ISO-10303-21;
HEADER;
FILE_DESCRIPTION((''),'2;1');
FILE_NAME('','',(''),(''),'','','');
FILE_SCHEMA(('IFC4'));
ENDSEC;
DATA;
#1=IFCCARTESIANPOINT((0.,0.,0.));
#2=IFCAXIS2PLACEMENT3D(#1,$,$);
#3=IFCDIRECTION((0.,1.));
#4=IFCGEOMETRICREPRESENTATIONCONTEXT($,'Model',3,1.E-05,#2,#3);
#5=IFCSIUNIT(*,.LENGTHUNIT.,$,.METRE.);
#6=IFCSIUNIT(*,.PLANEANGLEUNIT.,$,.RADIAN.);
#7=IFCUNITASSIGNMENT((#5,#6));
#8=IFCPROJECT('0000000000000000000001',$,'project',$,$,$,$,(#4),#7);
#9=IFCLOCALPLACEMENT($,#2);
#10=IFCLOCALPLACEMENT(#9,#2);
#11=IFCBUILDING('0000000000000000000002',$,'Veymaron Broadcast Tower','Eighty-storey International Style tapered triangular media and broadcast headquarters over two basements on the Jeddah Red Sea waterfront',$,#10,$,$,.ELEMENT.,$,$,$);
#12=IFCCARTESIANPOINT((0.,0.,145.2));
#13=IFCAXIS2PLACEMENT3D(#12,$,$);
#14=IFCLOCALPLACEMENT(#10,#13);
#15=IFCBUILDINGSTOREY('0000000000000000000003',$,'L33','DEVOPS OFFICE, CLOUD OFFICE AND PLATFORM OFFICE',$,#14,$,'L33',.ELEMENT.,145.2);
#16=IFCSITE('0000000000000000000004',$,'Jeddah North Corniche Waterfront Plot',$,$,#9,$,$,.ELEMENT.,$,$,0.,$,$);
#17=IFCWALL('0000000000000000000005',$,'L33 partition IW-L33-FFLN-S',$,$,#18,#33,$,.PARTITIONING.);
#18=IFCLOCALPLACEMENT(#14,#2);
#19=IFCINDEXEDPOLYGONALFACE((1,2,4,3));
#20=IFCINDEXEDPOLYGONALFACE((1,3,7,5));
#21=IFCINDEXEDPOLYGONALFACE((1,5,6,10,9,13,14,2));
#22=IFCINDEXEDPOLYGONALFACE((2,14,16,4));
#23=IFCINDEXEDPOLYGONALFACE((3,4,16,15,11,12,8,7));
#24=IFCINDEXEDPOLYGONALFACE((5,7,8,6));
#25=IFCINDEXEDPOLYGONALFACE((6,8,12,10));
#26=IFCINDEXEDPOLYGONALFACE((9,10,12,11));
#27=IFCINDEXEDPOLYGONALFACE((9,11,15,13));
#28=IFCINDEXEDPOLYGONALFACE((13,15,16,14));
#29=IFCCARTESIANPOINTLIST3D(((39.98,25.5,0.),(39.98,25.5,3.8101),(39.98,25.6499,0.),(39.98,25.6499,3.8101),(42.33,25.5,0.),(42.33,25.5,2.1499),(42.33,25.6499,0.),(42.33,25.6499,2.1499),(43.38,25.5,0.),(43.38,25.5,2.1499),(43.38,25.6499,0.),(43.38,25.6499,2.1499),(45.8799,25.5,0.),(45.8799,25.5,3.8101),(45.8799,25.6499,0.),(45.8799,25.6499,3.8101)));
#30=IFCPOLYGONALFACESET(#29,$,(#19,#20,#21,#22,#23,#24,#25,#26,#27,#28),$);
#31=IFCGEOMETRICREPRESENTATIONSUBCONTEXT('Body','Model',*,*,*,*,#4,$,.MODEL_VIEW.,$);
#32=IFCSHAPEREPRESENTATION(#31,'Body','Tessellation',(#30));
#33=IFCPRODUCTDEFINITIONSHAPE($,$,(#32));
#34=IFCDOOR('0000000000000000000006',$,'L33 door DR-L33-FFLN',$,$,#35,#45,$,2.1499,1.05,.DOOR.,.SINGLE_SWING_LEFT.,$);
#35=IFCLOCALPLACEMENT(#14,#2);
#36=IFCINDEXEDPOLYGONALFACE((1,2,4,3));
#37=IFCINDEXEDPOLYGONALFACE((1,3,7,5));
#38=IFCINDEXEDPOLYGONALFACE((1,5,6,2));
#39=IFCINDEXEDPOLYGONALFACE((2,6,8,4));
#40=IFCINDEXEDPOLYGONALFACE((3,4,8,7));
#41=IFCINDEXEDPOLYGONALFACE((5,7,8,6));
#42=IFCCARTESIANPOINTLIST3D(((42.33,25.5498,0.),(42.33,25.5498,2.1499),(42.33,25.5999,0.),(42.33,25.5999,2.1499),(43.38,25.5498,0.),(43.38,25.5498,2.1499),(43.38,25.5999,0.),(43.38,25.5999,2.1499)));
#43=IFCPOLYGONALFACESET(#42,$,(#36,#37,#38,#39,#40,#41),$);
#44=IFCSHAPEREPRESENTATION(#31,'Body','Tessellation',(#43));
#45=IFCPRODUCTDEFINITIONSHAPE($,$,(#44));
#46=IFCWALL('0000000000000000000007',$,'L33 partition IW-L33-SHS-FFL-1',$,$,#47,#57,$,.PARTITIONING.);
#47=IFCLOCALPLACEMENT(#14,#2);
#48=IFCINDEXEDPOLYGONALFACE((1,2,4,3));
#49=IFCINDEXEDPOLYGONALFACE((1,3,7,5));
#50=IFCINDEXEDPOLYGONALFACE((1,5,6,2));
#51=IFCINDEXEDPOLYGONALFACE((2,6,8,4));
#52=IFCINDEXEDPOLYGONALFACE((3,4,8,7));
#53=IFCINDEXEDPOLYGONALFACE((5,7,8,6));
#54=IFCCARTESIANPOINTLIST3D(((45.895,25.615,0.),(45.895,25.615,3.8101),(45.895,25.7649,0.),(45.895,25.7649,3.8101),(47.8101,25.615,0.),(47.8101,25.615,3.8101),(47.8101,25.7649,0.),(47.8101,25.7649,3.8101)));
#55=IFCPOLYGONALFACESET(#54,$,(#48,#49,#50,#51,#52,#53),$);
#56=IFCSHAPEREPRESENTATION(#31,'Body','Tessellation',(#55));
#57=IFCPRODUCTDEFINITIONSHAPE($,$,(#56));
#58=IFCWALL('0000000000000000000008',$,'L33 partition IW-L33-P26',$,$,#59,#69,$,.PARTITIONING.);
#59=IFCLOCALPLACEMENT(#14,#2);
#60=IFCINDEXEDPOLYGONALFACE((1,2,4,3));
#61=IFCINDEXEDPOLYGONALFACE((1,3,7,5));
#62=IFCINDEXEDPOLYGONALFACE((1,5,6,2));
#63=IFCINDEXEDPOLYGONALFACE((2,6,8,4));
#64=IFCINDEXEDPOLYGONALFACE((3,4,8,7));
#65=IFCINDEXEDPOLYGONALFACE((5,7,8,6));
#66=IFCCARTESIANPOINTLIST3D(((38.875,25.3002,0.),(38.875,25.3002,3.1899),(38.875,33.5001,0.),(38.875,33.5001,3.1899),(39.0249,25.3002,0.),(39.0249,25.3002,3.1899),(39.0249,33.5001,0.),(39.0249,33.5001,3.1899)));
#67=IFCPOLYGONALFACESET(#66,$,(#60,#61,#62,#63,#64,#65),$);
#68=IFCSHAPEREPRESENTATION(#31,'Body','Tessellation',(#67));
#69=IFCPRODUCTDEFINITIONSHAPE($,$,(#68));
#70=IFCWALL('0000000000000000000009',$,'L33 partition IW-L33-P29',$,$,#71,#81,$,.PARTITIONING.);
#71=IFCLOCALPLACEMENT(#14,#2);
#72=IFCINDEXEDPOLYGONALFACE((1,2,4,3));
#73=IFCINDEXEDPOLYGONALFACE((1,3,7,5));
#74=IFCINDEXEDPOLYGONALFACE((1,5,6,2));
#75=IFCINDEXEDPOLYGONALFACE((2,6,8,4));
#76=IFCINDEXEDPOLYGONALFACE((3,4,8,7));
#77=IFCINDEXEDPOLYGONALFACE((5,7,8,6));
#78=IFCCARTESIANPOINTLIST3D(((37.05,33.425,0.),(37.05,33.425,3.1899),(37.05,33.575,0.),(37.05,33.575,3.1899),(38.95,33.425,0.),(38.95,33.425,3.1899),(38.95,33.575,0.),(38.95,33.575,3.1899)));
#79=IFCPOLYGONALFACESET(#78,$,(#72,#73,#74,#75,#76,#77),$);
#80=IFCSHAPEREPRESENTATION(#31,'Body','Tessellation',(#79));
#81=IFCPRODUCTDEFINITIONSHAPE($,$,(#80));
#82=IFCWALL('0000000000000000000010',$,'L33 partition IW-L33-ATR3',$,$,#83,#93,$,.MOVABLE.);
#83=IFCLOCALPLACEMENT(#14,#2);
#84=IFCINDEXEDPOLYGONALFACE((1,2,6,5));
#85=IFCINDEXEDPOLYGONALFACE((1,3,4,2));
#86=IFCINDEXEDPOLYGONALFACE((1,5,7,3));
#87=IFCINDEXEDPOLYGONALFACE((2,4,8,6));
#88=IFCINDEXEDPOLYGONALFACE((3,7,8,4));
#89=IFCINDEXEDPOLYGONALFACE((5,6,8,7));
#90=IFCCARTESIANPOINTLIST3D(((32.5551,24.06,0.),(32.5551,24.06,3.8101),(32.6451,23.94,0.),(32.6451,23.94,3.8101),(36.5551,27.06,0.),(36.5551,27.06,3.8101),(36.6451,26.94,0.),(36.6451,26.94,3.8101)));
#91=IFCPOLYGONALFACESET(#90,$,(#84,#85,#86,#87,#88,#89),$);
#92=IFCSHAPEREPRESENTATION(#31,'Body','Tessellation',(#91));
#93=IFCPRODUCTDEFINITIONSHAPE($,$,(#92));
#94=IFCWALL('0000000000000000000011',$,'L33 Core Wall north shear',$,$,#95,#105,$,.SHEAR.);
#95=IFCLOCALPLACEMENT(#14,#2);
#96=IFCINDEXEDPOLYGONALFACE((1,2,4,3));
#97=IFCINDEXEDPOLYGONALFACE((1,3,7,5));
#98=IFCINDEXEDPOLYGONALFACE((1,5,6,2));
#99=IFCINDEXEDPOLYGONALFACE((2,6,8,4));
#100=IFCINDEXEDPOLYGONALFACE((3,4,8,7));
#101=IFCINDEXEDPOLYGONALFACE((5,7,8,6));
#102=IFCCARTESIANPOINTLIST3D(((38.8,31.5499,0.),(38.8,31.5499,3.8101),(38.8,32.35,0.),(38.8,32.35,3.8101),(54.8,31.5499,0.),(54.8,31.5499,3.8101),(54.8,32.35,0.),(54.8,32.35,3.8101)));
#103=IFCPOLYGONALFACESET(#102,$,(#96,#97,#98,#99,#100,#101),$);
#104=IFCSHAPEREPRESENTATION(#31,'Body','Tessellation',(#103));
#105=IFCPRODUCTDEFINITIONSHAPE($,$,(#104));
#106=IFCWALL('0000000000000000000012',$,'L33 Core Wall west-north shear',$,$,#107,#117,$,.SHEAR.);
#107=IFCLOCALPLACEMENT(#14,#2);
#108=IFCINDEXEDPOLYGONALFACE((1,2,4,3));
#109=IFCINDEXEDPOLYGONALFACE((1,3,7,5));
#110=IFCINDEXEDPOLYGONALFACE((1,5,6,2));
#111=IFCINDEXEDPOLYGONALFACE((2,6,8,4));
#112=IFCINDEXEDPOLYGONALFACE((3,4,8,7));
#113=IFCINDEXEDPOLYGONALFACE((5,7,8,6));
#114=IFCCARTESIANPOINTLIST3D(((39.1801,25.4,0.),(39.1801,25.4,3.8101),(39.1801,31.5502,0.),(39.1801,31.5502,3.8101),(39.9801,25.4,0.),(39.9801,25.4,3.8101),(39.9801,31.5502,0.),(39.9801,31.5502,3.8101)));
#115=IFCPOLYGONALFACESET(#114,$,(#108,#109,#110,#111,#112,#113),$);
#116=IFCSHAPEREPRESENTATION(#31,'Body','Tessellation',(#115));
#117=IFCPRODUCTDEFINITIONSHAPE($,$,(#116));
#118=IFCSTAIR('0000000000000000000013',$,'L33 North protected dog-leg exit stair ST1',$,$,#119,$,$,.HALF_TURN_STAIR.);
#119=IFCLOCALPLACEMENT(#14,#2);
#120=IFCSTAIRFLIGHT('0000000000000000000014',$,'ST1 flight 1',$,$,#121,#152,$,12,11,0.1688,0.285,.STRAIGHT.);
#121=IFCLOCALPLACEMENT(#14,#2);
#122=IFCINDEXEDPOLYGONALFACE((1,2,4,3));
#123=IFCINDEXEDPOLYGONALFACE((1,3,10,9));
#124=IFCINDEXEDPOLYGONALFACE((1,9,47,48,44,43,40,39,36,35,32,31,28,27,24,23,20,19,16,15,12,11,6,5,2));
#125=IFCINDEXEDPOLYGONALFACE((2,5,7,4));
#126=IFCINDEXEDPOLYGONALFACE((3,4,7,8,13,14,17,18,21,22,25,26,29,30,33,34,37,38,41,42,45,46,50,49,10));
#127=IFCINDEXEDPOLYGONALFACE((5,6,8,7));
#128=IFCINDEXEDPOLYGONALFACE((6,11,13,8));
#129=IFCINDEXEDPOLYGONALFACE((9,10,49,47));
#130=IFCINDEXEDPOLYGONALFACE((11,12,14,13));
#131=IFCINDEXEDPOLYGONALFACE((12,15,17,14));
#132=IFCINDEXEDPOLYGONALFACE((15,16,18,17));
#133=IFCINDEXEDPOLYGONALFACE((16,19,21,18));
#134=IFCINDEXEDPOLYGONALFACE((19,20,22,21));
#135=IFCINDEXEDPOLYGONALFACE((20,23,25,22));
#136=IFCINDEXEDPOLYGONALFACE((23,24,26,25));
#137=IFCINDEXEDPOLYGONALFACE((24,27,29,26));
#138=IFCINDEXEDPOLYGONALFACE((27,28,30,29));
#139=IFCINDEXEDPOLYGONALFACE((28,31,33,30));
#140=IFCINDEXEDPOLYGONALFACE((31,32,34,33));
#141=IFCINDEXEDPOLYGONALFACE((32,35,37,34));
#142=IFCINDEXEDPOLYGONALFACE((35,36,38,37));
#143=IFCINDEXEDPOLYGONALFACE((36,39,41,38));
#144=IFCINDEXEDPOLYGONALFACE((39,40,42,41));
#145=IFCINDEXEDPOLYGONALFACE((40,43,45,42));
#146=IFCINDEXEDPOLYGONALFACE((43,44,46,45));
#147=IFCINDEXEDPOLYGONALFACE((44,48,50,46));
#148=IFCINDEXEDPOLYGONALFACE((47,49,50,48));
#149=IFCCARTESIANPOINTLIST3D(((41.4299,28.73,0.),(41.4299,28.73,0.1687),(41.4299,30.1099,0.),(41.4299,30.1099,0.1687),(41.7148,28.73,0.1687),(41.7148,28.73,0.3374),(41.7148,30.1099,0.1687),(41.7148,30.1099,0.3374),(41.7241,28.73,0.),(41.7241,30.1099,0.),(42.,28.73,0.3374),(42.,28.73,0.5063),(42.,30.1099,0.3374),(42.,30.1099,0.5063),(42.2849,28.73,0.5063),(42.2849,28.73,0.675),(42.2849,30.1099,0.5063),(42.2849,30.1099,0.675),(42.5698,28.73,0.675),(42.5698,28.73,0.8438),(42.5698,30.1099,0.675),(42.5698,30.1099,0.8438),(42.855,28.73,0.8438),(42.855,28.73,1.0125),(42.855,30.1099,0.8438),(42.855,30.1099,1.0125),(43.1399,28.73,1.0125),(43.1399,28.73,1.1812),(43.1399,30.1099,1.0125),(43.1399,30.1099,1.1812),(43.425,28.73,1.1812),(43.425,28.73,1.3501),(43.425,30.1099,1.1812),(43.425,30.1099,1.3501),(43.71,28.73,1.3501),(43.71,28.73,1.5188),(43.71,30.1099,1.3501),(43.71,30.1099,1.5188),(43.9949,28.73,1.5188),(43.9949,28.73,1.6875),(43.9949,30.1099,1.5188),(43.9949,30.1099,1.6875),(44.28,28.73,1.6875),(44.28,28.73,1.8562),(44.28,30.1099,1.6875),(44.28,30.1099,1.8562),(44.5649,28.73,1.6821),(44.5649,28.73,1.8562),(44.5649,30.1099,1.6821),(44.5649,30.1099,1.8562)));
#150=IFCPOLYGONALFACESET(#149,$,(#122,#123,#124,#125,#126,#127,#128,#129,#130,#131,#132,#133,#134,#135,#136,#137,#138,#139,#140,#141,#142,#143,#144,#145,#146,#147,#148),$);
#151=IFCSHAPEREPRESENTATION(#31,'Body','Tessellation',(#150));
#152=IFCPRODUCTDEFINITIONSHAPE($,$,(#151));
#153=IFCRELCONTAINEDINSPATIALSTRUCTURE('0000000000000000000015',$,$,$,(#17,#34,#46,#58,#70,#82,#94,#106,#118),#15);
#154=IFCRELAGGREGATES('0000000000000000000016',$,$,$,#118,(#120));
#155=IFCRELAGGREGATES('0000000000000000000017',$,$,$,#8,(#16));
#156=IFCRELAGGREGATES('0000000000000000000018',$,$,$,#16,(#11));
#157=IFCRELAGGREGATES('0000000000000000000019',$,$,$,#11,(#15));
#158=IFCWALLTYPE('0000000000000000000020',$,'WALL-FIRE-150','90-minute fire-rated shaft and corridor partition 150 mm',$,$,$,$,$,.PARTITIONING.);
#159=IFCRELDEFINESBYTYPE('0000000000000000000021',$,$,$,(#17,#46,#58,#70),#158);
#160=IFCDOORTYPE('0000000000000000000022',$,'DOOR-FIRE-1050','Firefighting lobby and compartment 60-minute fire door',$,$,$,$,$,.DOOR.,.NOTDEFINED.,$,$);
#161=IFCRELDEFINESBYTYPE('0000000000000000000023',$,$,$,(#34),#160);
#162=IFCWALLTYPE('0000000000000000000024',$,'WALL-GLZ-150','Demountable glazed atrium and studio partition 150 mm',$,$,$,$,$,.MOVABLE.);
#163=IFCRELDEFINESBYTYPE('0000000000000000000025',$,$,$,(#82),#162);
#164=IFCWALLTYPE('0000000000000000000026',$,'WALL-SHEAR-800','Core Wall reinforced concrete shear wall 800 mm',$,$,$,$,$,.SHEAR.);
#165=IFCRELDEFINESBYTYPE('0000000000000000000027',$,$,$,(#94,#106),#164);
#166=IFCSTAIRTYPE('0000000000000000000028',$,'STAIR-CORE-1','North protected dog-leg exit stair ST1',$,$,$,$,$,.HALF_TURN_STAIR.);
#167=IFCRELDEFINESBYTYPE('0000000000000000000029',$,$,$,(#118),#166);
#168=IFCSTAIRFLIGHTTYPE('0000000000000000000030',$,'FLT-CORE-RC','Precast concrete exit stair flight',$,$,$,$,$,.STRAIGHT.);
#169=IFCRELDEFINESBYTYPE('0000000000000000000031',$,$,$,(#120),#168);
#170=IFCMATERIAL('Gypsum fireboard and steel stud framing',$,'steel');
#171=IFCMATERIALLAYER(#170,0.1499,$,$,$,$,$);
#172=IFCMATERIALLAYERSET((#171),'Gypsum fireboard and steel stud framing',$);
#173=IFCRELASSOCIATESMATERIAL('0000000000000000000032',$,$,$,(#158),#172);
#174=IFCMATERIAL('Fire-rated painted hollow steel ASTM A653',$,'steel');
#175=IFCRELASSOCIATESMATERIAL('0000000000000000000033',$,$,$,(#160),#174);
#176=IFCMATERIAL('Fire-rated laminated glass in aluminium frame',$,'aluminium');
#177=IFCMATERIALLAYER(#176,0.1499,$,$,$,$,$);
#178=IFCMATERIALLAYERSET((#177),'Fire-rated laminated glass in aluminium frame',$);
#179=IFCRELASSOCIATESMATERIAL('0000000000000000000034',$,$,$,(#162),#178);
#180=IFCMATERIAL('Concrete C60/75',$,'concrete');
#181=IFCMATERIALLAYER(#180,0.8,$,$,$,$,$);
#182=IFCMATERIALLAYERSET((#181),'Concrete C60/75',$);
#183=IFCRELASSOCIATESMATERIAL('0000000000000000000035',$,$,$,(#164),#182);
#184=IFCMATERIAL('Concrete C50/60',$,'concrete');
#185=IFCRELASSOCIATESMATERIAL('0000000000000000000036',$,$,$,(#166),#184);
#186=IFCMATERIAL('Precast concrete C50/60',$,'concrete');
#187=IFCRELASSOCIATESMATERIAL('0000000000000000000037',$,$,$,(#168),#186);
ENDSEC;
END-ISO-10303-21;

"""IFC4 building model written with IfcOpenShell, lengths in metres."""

from ifc_helpers import new_model, si_unit, direction, frame, frame_2d, origin, place, context, subcontext, project, spatial, polyline, rectangle, outline, extrude, material, layer, layer_set, type_object, element, fill, aggregate, save


model = new_model("IFC4")

# Units and contexts
model_context = context("Model", 3, precision=1e-05, world=origin(), true_north=direction((0.0, 1.0)))
body_context = subcontext(model_context, "Body", "Model", "MODEL_VIEW")
ifc_project = project(units=[si_unit("LENGTHUNIT", "METRE"), si_unit("PLANEANGLEUNIT", "RADIAN")], contexts=[model_context])

# Site, building, storey
site_placement = place(None, origin())
site = spatial("IfcSite", under=ifc_project, at=site_placement, Name="Jeddah North Corniche Waterfront Plot", CompositionType="ELEMENT", RefElevation=0.0)
building_placement = place(site_placement, origin())
building = spatial("IfcBuilding", under=site, at=building_placement, Name="Veymaron Broadcast Tower", Description="Eighty-storey International Style tapered triangular media and broadcast headquarters over two basements on the Jeddah Red Sea waterfront", CompositionType="ELEMENT")
storey_placement = place(building_placement, frame((0.0, 0.0, 145.2)))
storey = spatial("IfcBuildingStorey", under=building, at=storey_placement, Name="L33", Description="DEVOPS OFFICE, CLOUD OFFICE AND PLATFORM OFFICE", LongName="L33", CompositionType="ELEMENT", Elevation=145.2)

# Wall, opening, door
ifc_material_1 = material(Name="Gypsum fireboard and steel stud framing", Category="steel")
ifc_layer_1 = layer(ifc_material_1, 0.1499)
ifc_layer_set_1 = layer_set([ifc_layer_1], Name="Gypsum fireboard and steel stud framing")
wall_type_1 = type_object("IfcWallType", Name="WALL-FIRE-150", Description="90-minute fire-rated shaft and corridor partition 150 mm", PredefinedType="PARTITIONING", material=ifc_layer_set_1)
wall_1_placement = place(storey_placement, frame((39.98, 25.575, 0.0), z_axis=(0.0, 0.0, 1.0), x_axis=(1.0, 0.0, 0.0)))
wall_1 = element("IfcWall", 1, at=wall_1_placement, inside=storey, type_object=wall_type_1, Name="L33 partition IW-L33-FFLN-S", PredefinedType="PARTITIONING", context=body_context, shape_type="SweptSolid", body=[
    extrude(rectangle(XDim=5.8999, YDim=0.1499, at=frame_2d((2.95, 0.0))), origin(), (0.0, 0.0, 1.0), 3.8101),
])
opening_1_placement = place(wall_1_placement, frame((2.3501, 0.0, 0.0)))
opening_1 = element("IfcOpeningElement", 2, at=opening_1_placement, cuts=wall_1, PredefinedType="OPENING", context=body_context, shape_type="SweptSolid", body=[
    extrude(rectangle(XDim=1.05, YDim=2.1499, at=frame_2d((0.5249, 1.075))), frame((0.0, 0.085, 0.0), z_axis=(0.0, -1.0, 0.0), x_axis=(1.0, 0.0, 0.0)), (0.0, 0.0, 1.0), 0.1699),
])
ifc_material_2 = material(Name="Fire-rated painted hollow steel ASTM A653", Category="steel")
door_type_1 = type_object("IfcDoorType", Name="DOOR-FIRE-1050", Description="Firefighting lobby and compartment 60-minute fire door", OperationType="NOTDEFINED", PredefinedType="DOOR", material=ifc_material_2)
door_1_placement = place(opening_1_placement, origin())
door_1 = element("IfcDoor", 3, at=door_1_placement, inside=storey, type_object=door_type_1, Name="L33 door DR-L33-FFLN", OperationType="SINGLE_SWING_LEFT", OverallHeight=2.1499, OverallWidth=1.05, PredefinedType="DOOR", context=body_context, shape_type="SweptSolid", body=[
    extrude(rectangle(XDim=1.05, YDim=2.1499, at=frame_2d((0.5249, 1.075))), frame((0.0, 0.0249, 0.0), z_axis=(0.0, -1.0, 0.0), x_axis=(1.0, 0.0, 0.0)), (0.0, 0.0, 1.0), 0.05),
])
fill(opening_1, door_1)

# Wall
wall_2_placement = place(storey_placement, frame((45.895, 25.6899, 0.0), z_axis=(0.0, 0.0, 1.0), x_axis=(1.0, 0.0, 0.0)))
element("IfcWall", 4, at=wall_2_placement, inside=storey, type_object=wall_type_1, Name="L33 partition IW-L33-SHS-FFL-1", PredefinedType="PARTITIONING", context=body_context, shape_type="SweptSolid", body=[
    extrude(rectangle(XDim=1.915, YDim=0.1499, at=frame_2d((0.9575, 0.0))), origin(), (0.0, 0.0, 1.0), 3.8101),
])

# Walls
wall_3_placement = place(storey_placement, frame((38.95, 25.3, 0.0), z_axis=(0.0, 0.0, 1.0), x_axis=(0.0, 1.0, 0.0)))
element("IfcWall", 5, at=wall_3_placement, inside=storey, type_object=wall_type_1, Name="L33 partition IW-L33-P26", PredefinedType="PARTITIONING", context=body_context, shape_type="SweptSolid", body=[
    extrude(rectangle(XDim=8.2, YDim=0.1499, at=frame_2d((4.1001, 0.0))), origin(), (0.0, 0.0, 1.0), 3.1899),
])
wall_4_placement = place(storey_placement, frame((37.05, 33.5, 0.0), z_axis=(0.0, 0.0, 1.0), x_axis=(1.0, 0.0, 0.0)))
element("IfcWall", 6, at=wall_4_placement, inside=storey, type_object=wall_type_1, Name="L33 partition IW-L33-P29", PredefinedType="PARTITIONING", context=body_context, shape_type="SweptSolid", body=[
    extrude(rectangle(XDim=1.8999, YDim=0.1499, at=frame_2d((0.95, 0.0))), origin(), (0.0, 0.0, 1.0), 3.1899),
])
ifc_material_3 = material(Name="Fire-rated laminated glass in aluminium frame", Category="aluminium")
ifc_layer_2 = layer(ifc_material_3, 0.1499)
ifc_layer_set_2 = layer_set([ifc_layer_2], Name="Fire-rated laminated glass in aluminium frame")
wall_type_2 = type_object("IfcWallType", Name="WALL-GLZ-150", Description="Demountable glazed atrium and studio partition 150 mm", PredefinedType="MOVABLE", material=ifc_layer_set_2)
wall_5_placement = place(storey_placement, frame((36.6001, 27.0, 0.0), z_axis=(0.0, 0.0, 1.0), x_axis=(-0.8, -0.6, 0.0)))
element("IfcWall", 7, at=wall_5_placement, inside=storey, type_object=wall_type_2, Name="L33 partition IW-L33-ATR3", PredefinedType="MOVABLE", context=body_context, shape_type="SweptSolid", body=[
    extrude(rectangle(XDim=5.0, YDim=0.1499, at=frame_2d((2.5, 0.0))), origin(), (0.0, 0.0, 1.0), 3.8101),
])

# Shared definitions
ifc_material_4 = material(Name="Concrete C50/60", Category="concrete")

# Walls
ifc_material_5 = material(Name="Concrete C60/75", Category="concrete")
ifc_layer_3 = layer(ifc_material_5, 0.8)
ifc_layer_set_3 = layer_set([ifc_layer_3], Name="Concrete C60/75")
wall_type_3 = type_object("IfcWallType", Name="WALL-SHEAR-800", Description="Core Wall reinforced concrete shear wall 800 mm", PredefinedType="SHEAR", material=ifc_layer_set_3)
wall_6_placement = place(storey_placement, frame((38.8, 31.95, 0.0), z_axis=(0.0, 0.0, 1.0), x_axis=(1.0, 0.0, 0.0)))
element("IfcWall", 8, at=wall_6_placement, inside=storey, type_object=wall_type_3, Name="L33 Core Wall north shear", PredefinedType="SHEAR", context=body_context, shape_type="SweptSolid", body=[
    extrude(rectangle(XDim=16.0, YDim=0.8, at=frame_2d((8.0, 0.0))), origin(), (0.0, 0.0, 1.0), 3.8101),
])
wall_7_placement = place(storey_placement, frame((39.5801, 25.3999, 0.0), z_axis=(0.0, 0.0, 1.0), x_axis=(0.0, 1.0, 0.0)))
element("IfcWall", 9, at=wall_7_placement, inside=storey, type_object=wall_type_3, Name="L33 Core Wall west-north shear", PredefinedType="SHEAR", context=body_context, shape_type="SweptSolid", body=[
    extrude(rectangle(XDim=6.1501, YDim=0.8, at=frame_2d((3.0752, 0.0))), origin(), (0.0, 0.0, 1.0), 3.8101),
])

# Stair, stair flight
stair_type = type_object("IfcStairType", Name="STAIR-CORE-1", Description="North protected dog-leg exit stair ST1", PredefinedType="HALF_TURN_STAIR", material=ifc_material_4)
stair_placement = place(storey_placement, origin())
stair = element("IfcStair", 10, at=stair_placement, inside=storey, type_object=stair_type, Name="L33 North protected dog-leg exit stair ST1", PredefinedType="HALF_TURN_STAIR")
ifc_material_6 = material(Name="Precast concrete C50/60", Category="concrete")
stair_flight_type = type_object("IfcStairFlightType", Name="FLT-CORE-RC", Description="Precast concrete exit stair flight", PredefinedType="STRAIGHT", material=ifc_material_6)
stair_flight_1_placement = place(storey_placement, frame((41.4299, 29.4199, 0.0), z_axis=(0.0, 0.0, 1.0), x_axis=(1.0, 0.0, 0.0)))
stair_flight_1 = element("IfcStairFlight", 11, at=stair_flight_1_placement, type_object=stair_flight_type, Name="ST1 flight 1", NumberOfRisers=12, NumberOfTreads=11, PredefinedType="STRAIGHT", RiserHeight=0.1688, TreadLength=0.285, context=body_context, shape_type="SweptSolid", body=[
    extrude(outline(polyline([(0.0, 0.0), (0.0, 0.1687), (0.2849, 0.1687), (0.2849, 0.3374), (0.5701, 0.3374), (0.5701, 0.5063), (0.855, 0.5063), (0.855, 0.675), (1.1399, 0.675), (1.1399, 0.8438), (1.425, 0.8438), (1.425, 1.0125), (1.71, 1.0125), (1.71, 1.1812), (1.9951, 1.1812), (1.9951, 1.3501), (2.28, 1.3501), (2.28, 1.5188), (2.5649, 1.5188), (2.5649, 1.6875), (2.8501, 1.6875), (2.8501, 1.8562), (3.135, 1.8562), (3.135, 2.0249), (3.135, 1.6821), (0.2942, 0.0), (0.0, 0.0)])), frame((0.0, 0.6899, 0.0), z_axis=(0.0, -1.0, 0.0), x_axis=(1.0, 0.0, 0.0)), (0.0, 0.0, 1.0), 1.3799),
])
aggregate(stair, [stair_flight_1])

save(model, "model.ifc")
